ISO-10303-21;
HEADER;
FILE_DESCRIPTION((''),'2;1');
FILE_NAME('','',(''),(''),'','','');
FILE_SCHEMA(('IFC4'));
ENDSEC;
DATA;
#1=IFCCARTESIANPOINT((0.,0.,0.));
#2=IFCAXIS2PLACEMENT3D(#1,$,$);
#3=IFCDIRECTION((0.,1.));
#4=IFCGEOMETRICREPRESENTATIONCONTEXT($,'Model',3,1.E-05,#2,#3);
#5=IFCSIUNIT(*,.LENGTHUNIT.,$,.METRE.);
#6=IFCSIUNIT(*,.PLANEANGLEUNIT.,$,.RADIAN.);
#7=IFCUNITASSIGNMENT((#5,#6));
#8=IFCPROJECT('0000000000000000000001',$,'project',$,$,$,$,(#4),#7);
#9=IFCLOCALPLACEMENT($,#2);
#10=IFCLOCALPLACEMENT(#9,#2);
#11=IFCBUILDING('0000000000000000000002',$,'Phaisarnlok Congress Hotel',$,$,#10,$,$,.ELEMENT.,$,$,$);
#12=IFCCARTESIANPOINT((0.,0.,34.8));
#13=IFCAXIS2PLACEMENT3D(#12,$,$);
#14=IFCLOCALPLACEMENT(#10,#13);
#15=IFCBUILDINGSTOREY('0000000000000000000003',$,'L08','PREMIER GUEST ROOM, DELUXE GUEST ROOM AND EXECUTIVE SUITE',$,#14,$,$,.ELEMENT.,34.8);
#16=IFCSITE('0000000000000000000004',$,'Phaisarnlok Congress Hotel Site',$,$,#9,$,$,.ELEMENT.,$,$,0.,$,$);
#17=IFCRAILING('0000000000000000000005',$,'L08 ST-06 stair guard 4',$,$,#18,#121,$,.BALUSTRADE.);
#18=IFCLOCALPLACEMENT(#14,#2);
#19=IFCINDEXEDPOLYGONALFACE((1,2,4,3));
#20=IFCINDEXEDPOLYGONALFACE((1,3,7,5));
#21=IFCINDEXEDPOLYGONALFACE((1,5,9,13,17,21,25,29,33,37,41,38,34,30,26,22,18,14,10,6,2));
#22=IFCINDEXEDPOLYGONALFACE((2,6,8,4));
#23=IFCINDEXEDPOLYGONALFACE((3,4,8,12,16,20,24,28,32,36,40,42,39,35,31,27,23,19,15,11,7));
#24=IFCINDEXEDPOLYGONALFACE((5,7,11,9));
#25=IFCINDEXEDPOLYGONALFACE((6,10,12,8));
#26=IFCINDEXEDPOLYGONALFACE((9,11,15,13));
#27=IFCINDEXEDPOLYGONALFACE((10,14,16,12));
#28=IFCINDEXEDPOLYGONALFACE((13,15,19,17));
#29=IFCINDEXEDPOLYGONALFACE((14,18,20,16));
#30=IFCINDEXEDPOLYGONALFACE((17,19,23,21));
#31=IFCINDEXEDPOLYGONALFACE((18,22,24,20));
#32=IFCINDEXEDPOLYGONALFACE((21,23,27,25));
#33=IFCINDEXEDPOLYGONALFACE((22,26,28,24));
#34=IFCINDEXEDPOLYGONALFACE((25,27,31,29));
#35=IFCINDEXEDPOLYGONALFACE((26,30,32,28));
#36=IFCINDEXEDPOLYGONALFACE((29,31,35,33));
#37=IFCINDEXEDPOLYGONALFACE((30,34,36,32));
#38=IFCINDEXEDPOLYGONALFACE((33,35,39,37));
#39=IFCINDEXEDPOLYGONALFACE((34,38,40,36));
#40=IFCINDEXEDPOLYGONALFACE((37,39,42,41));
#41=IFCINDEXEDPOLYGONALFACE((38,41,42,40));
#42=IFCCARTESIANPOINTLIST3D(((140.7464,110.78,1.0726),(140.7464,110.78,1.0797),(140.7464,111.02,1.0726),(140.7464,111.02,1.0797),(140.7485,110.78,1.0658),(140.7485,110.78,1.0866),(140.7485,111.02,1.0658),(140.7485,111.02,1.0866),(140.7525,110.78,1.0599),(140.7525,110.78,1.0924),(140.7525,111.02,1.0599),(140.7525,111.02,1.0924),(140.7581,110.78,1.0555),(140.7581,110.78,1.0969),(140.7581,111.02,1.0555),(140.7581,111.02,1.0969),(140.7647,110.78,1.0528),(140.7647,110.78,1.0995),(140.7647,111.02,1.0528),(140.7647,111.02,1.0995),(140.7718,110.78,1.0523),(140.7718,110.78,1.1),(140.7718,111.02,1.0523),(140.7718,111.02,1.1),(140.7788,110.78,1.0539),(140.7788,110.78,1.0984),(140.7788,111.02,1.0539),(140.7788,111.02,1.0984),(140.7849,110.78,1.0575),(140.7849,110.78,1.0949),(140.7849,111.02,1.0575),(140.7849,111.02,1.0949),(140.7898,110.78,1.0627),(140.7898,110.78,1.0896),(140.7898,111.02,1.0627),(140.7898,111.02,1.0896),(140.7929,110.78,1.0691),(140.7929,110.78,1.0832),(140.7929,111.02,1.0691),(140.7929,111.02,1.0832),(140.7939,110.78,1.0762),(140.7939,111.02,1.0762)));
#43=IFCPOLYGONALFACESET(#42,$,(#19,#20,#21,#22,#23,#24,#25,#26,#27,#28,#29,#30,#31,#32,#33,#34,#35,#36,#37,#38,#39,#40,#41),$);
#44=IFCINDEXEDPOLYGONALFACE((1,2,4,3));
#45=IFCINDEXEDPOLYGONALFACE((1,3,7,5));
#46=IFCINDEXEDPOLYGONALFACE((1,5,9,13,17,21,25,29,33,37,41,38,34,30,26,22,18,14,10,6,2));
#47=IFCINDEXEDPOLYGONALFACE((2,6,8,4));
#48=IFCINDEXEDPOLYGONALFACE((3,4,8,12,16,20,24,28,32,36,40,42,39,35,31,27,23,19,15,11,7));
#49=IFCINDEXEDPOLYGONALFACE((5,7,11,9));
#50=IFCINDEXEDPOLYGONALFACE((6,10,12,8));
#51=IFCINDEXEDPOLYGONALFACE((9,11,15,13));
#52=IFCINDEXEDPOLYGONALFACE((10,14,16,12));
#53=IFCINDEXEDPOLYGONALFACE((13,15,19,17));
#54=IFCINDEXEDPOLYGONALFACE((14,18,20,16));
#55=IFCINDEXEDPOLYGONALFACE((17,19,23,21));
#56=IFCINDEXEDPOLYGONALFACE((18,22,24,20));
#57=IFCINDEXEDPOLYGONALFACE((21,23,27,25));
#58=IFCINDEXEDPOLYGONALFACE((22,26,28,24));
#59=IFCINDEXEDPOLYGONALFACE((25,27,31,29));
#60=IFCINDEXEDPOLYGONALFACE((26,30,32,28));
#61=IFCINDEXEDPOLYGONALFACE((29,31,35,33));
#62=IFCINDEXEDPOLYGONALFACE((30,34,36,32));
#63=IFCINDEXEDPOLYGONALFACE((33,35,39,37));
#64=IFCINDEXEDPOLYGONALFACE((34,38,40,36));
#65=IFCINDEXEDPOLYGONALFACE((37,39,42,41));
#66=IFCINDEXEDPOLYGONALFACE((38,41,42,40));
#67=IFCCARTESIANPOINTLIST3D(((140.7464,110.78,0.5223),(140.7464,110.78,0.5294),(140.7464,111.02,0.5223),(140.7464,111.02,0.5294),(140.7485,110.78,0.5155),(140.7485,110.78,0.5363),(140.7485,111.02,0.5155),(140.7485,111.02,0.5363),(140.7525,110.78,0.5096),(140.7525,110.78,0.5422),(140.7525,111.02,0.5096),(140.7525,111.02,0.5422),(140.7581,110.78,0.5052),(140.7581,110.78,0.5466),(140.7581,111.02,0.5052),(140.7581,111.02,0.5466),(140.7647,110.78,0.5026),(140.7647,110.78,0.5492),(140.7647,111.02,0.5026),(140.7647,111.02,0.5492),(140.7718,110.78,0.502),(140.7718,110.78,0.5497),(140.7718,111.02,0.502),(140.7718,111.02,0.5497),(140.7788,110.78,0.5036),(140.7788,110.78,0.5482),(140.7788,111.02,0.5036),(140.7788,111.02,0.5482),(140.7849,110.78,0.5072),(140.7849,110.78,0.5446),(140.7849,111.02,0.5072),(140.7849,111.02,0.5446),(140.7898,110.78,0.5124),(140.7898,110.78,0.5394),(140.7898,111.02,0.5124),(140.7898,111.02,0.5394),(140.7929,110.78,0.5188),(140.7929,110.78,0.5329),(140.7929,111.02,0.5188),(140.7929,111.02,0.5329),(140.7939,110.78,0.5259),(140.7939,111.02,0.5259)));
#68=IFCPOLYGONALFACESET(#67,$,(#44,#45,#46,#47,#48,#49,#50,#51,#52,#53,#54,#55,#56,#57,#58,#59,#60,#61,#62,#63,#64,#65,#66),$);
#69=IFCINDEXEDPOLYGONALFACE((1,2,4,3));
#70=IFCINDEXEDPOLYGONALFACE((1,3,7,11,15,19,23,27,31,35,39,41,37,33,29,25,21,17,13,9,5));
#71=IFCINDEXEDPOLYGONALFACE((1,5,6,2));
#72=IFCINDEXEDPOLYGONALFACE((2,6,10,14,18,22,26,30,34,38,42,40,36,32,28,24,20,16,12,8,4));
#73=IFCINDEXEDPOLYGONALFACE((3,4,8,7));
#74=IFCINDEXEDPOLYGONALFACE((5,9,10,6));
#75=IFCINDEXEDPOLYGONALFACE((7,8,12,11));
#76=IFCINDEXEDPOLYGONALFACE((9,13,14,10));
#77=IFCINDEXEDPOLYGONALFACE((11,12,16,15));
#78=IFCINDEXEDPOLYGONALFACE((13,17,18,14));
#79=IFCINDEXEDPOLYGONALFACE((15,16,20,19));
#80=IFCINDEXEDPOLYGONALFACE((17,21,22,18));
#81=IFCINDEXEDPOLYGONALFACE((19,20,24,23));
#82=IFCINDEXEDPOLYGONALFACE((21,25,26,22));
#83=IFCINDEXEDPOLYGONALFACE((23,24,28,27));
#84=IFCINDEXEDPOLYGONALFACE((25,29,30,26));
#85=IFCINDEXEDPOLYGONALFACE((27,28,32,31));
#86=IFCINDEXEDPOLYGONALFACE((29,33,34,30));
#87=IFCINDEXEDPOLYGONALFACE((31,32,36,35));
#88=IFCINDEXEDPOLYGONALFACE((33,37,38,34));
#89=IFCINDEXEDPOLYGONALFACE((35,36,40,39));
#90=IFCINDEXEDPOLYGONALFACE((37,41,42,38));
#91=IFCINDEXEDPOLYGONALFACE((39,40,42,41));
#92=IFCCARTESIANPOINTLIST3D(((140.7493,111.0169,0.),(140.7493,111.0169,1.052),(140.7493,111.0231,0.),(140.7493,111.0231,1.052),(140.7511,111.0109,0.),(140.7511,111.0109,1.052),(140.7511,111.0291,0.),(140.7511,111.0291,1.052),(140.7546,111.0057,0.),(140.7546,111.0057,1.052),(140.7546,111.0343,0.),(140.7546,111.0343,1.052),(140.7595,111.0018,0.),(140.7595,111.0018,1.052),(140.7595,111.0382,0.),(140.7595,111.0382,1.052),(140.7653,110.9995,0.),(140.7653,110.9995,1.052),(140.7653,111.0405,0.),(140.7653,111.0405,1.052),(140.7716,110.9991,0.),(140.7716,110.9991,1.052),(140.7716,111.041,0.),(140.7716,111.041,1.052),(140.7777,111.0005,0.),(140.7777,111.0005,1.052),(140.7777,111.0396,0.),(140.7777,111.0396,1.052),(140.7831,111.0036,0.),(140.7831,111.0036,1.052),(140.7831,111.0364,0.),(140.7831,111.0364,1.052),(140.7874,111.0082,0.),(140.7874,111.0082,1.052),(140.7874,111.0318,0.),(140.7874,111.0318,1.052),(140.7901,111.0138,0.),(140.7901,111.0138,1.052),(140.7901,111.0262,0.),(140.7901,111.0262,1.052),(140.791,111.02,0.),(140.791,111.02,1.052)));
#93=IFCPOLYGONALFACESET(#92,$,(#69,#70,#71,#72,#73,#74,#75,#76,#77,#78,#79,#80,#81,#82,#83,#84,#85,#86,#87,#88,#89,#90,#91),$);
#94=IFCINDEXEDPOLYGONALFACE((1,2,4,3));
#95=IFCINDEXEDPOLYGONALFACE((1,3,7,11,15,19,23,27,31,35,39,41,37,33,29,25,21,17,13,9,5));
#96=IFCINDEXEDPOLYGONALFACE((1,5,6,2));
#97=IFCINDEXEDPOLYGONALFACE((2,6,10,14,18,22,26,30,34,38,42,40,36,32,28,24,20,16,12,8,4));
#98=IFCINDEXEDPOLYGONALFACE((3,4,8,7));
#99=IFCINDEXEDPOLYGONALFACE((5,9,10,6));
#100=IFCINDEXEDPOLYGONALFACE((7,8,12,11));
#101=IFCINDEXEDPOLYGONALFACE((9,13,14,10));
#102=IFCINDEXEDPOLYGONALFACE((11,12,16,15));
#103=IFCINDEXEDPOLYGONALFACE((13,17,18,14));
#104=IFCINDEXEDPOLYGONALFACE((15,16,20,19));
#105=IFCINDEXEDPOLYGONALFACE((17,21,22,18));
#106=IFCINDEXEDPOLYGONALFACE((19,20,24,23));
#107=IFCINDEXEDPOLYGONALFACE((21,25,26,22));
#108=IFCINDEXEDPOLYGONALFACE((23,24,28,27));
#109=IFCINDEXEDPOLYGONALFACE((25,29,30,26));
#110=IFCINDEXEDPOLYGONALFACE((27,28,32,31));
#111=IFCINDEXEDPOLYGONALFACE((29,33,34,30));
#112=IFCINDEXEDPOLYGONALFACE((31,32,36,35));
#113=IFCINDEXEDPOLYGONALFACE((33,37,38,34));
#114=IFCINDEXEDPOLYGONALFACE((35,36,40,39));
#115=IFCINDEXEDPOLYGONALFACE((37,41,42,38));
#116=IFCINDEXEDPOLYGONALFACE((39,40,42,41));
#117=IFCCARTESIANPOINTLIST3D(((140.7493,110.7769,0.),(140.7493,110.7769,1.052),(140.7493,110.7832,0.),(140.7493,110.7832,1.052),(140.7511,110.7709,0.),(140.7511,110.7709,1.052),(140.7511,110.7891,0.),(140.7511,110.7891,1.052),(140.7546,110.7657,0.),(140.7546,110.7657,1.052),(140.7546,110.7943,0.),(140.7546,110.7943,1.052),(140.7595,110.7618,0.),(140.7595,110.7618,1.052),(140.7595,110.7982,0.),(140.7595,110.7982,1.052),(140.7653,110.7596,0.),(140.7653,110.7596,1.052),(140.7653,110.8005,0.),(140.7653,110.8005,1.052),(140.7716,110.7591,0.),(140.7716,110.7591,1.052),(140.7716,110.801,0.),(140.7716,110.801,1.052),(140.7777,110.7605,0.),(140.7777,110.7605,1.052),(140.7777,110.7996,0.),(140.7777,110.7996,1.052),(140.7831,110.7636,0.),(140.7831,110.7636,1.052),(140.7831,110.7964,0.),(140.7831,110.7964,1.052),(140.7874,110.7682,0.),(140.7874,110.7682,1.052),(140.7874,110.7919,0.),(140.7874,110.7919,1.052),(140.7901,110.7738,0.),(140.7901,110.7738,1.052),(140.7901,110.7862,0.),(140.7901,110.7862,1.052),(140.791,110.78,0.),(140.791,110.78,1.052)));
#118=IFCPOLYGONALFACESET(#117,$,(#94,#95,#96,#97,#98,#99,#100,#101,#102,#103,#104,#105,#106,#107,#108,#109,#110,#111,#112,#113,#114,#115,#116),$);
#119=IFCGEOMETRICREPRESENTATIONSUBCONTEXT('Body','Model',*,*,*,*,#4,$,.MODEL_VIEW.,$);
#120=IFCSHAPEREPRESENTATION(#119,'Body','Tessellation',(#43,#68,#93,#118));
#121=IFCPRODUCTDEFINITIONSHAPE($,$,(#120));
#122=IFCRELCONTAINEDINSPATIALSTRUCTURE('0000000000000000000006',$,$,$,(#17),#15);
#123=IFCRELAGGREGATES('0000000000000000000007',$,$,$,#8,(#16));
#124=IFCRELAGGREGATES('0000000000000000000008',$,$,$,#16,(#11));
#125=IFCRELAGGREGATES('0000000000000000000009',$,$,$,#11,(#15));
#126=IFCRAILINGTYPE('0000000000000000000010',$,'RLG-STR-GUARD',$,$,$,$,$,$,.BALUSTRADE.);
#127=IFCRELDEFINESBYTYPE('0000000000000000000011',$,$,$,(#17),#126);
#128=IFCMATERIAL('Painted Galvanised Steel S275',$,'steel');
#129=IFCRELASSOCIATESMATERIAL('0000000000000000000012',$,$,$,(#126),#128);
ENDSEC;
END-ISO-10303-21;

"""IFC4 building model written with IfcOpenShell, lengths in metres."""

from ifc_helpers import new_model, si_unit, direction, frame, origin, origin_2d, place, context, subcontext, project, spatial, circle, extrude, material, type_object, element, save


model = new_model("IFC4")

# Units and contexts
model_context = context("Model", 3, precision=1e-05, world=origin(), true_north=direction((0.0, 1.0)))
body_context = subcontext(model_context, "Body", "Model", "MODEL_VIEW")
ifc_project = project(units=[si_unit("LENGTHUNIT", "METRE"), si_unit("PLANEANGLEUNIT", "RADIAN")], contexts=[model_context])

# Site, building, storey
site_placement = place(None, origin())
site = spatial("IfcSite", under=ifc_project, at=site_placement, Name="Phaisarnlok Congress Hotel Site", CompositionType="ELEMENT", RefElevation=0.0)
building_placement = place(site_placement, origin())
building = spatial("IfcBuilding", under=site, at=building_placement, Name="Phaisarnlok Congress Hotel", CompositionType="ELEMENT")
storey_placement = place(building_placement, frame((0.0, 0.0, 34.8)))
storey = spatial("IfcBuildingStorey", under=building, at=storey_placement, Name="L08", Description="PREMIER GUEST ROOM, DELUXE GUEST ROOM AND EXECUTIVE SUITE", CompositionType="ELEMENT", Elevation=34.8)

# Railing
ifc_material_1 = material(Name="Painted Galvanised Steel S275", Category="steel")
railing_type_1 = type_object("IfcRailingType", Name="RLG-STR-GUARD", PredefinedType="BALUSTRADE", material=ifc_material_1)
railing_1_placement = place(storey_placement, frame((140.77, 111.02, 0.0)))
element("IfcRailing", 1, at=railing_1_placement, inside=storey, type_object=railing_type_1, Name="L08 ST-06 stair guard 4", PredefinedType="BALUSTRADE", context=body_context, shape_type="SweptSolid", body=[
    extrude(circle(Radius=0.0239, at=origin_2d()), frame((0.0, 0.0, 1.0762), z_axis=(0.0, -1.0, 0.0), x_axis=(1.0, 0.0, 0.0)), (0.0, 0.0, 1.0), 0.24),
    extrude(circle(Radius=0.0239, at=origin_2d()), frame((0.0, 0.0, 0.5259), z_axis=(0.0, -1.0, 0.0), x_axis=(1.0, 0.0, 0.0)), (0.0, 0.0, 1.0), 0.24),
    extrude(circle(Radius=0.021, at=origin_2d()), origin(), (0.0, 0.0, 1.0), 1.052),
    extrude(circle(Radius=0.021, at=origin_2d()), frame((0.0, -0.24, 0.0)), (0.0, 0.0, 1.0), 1.052),
])

save(model, "model.ifc")
